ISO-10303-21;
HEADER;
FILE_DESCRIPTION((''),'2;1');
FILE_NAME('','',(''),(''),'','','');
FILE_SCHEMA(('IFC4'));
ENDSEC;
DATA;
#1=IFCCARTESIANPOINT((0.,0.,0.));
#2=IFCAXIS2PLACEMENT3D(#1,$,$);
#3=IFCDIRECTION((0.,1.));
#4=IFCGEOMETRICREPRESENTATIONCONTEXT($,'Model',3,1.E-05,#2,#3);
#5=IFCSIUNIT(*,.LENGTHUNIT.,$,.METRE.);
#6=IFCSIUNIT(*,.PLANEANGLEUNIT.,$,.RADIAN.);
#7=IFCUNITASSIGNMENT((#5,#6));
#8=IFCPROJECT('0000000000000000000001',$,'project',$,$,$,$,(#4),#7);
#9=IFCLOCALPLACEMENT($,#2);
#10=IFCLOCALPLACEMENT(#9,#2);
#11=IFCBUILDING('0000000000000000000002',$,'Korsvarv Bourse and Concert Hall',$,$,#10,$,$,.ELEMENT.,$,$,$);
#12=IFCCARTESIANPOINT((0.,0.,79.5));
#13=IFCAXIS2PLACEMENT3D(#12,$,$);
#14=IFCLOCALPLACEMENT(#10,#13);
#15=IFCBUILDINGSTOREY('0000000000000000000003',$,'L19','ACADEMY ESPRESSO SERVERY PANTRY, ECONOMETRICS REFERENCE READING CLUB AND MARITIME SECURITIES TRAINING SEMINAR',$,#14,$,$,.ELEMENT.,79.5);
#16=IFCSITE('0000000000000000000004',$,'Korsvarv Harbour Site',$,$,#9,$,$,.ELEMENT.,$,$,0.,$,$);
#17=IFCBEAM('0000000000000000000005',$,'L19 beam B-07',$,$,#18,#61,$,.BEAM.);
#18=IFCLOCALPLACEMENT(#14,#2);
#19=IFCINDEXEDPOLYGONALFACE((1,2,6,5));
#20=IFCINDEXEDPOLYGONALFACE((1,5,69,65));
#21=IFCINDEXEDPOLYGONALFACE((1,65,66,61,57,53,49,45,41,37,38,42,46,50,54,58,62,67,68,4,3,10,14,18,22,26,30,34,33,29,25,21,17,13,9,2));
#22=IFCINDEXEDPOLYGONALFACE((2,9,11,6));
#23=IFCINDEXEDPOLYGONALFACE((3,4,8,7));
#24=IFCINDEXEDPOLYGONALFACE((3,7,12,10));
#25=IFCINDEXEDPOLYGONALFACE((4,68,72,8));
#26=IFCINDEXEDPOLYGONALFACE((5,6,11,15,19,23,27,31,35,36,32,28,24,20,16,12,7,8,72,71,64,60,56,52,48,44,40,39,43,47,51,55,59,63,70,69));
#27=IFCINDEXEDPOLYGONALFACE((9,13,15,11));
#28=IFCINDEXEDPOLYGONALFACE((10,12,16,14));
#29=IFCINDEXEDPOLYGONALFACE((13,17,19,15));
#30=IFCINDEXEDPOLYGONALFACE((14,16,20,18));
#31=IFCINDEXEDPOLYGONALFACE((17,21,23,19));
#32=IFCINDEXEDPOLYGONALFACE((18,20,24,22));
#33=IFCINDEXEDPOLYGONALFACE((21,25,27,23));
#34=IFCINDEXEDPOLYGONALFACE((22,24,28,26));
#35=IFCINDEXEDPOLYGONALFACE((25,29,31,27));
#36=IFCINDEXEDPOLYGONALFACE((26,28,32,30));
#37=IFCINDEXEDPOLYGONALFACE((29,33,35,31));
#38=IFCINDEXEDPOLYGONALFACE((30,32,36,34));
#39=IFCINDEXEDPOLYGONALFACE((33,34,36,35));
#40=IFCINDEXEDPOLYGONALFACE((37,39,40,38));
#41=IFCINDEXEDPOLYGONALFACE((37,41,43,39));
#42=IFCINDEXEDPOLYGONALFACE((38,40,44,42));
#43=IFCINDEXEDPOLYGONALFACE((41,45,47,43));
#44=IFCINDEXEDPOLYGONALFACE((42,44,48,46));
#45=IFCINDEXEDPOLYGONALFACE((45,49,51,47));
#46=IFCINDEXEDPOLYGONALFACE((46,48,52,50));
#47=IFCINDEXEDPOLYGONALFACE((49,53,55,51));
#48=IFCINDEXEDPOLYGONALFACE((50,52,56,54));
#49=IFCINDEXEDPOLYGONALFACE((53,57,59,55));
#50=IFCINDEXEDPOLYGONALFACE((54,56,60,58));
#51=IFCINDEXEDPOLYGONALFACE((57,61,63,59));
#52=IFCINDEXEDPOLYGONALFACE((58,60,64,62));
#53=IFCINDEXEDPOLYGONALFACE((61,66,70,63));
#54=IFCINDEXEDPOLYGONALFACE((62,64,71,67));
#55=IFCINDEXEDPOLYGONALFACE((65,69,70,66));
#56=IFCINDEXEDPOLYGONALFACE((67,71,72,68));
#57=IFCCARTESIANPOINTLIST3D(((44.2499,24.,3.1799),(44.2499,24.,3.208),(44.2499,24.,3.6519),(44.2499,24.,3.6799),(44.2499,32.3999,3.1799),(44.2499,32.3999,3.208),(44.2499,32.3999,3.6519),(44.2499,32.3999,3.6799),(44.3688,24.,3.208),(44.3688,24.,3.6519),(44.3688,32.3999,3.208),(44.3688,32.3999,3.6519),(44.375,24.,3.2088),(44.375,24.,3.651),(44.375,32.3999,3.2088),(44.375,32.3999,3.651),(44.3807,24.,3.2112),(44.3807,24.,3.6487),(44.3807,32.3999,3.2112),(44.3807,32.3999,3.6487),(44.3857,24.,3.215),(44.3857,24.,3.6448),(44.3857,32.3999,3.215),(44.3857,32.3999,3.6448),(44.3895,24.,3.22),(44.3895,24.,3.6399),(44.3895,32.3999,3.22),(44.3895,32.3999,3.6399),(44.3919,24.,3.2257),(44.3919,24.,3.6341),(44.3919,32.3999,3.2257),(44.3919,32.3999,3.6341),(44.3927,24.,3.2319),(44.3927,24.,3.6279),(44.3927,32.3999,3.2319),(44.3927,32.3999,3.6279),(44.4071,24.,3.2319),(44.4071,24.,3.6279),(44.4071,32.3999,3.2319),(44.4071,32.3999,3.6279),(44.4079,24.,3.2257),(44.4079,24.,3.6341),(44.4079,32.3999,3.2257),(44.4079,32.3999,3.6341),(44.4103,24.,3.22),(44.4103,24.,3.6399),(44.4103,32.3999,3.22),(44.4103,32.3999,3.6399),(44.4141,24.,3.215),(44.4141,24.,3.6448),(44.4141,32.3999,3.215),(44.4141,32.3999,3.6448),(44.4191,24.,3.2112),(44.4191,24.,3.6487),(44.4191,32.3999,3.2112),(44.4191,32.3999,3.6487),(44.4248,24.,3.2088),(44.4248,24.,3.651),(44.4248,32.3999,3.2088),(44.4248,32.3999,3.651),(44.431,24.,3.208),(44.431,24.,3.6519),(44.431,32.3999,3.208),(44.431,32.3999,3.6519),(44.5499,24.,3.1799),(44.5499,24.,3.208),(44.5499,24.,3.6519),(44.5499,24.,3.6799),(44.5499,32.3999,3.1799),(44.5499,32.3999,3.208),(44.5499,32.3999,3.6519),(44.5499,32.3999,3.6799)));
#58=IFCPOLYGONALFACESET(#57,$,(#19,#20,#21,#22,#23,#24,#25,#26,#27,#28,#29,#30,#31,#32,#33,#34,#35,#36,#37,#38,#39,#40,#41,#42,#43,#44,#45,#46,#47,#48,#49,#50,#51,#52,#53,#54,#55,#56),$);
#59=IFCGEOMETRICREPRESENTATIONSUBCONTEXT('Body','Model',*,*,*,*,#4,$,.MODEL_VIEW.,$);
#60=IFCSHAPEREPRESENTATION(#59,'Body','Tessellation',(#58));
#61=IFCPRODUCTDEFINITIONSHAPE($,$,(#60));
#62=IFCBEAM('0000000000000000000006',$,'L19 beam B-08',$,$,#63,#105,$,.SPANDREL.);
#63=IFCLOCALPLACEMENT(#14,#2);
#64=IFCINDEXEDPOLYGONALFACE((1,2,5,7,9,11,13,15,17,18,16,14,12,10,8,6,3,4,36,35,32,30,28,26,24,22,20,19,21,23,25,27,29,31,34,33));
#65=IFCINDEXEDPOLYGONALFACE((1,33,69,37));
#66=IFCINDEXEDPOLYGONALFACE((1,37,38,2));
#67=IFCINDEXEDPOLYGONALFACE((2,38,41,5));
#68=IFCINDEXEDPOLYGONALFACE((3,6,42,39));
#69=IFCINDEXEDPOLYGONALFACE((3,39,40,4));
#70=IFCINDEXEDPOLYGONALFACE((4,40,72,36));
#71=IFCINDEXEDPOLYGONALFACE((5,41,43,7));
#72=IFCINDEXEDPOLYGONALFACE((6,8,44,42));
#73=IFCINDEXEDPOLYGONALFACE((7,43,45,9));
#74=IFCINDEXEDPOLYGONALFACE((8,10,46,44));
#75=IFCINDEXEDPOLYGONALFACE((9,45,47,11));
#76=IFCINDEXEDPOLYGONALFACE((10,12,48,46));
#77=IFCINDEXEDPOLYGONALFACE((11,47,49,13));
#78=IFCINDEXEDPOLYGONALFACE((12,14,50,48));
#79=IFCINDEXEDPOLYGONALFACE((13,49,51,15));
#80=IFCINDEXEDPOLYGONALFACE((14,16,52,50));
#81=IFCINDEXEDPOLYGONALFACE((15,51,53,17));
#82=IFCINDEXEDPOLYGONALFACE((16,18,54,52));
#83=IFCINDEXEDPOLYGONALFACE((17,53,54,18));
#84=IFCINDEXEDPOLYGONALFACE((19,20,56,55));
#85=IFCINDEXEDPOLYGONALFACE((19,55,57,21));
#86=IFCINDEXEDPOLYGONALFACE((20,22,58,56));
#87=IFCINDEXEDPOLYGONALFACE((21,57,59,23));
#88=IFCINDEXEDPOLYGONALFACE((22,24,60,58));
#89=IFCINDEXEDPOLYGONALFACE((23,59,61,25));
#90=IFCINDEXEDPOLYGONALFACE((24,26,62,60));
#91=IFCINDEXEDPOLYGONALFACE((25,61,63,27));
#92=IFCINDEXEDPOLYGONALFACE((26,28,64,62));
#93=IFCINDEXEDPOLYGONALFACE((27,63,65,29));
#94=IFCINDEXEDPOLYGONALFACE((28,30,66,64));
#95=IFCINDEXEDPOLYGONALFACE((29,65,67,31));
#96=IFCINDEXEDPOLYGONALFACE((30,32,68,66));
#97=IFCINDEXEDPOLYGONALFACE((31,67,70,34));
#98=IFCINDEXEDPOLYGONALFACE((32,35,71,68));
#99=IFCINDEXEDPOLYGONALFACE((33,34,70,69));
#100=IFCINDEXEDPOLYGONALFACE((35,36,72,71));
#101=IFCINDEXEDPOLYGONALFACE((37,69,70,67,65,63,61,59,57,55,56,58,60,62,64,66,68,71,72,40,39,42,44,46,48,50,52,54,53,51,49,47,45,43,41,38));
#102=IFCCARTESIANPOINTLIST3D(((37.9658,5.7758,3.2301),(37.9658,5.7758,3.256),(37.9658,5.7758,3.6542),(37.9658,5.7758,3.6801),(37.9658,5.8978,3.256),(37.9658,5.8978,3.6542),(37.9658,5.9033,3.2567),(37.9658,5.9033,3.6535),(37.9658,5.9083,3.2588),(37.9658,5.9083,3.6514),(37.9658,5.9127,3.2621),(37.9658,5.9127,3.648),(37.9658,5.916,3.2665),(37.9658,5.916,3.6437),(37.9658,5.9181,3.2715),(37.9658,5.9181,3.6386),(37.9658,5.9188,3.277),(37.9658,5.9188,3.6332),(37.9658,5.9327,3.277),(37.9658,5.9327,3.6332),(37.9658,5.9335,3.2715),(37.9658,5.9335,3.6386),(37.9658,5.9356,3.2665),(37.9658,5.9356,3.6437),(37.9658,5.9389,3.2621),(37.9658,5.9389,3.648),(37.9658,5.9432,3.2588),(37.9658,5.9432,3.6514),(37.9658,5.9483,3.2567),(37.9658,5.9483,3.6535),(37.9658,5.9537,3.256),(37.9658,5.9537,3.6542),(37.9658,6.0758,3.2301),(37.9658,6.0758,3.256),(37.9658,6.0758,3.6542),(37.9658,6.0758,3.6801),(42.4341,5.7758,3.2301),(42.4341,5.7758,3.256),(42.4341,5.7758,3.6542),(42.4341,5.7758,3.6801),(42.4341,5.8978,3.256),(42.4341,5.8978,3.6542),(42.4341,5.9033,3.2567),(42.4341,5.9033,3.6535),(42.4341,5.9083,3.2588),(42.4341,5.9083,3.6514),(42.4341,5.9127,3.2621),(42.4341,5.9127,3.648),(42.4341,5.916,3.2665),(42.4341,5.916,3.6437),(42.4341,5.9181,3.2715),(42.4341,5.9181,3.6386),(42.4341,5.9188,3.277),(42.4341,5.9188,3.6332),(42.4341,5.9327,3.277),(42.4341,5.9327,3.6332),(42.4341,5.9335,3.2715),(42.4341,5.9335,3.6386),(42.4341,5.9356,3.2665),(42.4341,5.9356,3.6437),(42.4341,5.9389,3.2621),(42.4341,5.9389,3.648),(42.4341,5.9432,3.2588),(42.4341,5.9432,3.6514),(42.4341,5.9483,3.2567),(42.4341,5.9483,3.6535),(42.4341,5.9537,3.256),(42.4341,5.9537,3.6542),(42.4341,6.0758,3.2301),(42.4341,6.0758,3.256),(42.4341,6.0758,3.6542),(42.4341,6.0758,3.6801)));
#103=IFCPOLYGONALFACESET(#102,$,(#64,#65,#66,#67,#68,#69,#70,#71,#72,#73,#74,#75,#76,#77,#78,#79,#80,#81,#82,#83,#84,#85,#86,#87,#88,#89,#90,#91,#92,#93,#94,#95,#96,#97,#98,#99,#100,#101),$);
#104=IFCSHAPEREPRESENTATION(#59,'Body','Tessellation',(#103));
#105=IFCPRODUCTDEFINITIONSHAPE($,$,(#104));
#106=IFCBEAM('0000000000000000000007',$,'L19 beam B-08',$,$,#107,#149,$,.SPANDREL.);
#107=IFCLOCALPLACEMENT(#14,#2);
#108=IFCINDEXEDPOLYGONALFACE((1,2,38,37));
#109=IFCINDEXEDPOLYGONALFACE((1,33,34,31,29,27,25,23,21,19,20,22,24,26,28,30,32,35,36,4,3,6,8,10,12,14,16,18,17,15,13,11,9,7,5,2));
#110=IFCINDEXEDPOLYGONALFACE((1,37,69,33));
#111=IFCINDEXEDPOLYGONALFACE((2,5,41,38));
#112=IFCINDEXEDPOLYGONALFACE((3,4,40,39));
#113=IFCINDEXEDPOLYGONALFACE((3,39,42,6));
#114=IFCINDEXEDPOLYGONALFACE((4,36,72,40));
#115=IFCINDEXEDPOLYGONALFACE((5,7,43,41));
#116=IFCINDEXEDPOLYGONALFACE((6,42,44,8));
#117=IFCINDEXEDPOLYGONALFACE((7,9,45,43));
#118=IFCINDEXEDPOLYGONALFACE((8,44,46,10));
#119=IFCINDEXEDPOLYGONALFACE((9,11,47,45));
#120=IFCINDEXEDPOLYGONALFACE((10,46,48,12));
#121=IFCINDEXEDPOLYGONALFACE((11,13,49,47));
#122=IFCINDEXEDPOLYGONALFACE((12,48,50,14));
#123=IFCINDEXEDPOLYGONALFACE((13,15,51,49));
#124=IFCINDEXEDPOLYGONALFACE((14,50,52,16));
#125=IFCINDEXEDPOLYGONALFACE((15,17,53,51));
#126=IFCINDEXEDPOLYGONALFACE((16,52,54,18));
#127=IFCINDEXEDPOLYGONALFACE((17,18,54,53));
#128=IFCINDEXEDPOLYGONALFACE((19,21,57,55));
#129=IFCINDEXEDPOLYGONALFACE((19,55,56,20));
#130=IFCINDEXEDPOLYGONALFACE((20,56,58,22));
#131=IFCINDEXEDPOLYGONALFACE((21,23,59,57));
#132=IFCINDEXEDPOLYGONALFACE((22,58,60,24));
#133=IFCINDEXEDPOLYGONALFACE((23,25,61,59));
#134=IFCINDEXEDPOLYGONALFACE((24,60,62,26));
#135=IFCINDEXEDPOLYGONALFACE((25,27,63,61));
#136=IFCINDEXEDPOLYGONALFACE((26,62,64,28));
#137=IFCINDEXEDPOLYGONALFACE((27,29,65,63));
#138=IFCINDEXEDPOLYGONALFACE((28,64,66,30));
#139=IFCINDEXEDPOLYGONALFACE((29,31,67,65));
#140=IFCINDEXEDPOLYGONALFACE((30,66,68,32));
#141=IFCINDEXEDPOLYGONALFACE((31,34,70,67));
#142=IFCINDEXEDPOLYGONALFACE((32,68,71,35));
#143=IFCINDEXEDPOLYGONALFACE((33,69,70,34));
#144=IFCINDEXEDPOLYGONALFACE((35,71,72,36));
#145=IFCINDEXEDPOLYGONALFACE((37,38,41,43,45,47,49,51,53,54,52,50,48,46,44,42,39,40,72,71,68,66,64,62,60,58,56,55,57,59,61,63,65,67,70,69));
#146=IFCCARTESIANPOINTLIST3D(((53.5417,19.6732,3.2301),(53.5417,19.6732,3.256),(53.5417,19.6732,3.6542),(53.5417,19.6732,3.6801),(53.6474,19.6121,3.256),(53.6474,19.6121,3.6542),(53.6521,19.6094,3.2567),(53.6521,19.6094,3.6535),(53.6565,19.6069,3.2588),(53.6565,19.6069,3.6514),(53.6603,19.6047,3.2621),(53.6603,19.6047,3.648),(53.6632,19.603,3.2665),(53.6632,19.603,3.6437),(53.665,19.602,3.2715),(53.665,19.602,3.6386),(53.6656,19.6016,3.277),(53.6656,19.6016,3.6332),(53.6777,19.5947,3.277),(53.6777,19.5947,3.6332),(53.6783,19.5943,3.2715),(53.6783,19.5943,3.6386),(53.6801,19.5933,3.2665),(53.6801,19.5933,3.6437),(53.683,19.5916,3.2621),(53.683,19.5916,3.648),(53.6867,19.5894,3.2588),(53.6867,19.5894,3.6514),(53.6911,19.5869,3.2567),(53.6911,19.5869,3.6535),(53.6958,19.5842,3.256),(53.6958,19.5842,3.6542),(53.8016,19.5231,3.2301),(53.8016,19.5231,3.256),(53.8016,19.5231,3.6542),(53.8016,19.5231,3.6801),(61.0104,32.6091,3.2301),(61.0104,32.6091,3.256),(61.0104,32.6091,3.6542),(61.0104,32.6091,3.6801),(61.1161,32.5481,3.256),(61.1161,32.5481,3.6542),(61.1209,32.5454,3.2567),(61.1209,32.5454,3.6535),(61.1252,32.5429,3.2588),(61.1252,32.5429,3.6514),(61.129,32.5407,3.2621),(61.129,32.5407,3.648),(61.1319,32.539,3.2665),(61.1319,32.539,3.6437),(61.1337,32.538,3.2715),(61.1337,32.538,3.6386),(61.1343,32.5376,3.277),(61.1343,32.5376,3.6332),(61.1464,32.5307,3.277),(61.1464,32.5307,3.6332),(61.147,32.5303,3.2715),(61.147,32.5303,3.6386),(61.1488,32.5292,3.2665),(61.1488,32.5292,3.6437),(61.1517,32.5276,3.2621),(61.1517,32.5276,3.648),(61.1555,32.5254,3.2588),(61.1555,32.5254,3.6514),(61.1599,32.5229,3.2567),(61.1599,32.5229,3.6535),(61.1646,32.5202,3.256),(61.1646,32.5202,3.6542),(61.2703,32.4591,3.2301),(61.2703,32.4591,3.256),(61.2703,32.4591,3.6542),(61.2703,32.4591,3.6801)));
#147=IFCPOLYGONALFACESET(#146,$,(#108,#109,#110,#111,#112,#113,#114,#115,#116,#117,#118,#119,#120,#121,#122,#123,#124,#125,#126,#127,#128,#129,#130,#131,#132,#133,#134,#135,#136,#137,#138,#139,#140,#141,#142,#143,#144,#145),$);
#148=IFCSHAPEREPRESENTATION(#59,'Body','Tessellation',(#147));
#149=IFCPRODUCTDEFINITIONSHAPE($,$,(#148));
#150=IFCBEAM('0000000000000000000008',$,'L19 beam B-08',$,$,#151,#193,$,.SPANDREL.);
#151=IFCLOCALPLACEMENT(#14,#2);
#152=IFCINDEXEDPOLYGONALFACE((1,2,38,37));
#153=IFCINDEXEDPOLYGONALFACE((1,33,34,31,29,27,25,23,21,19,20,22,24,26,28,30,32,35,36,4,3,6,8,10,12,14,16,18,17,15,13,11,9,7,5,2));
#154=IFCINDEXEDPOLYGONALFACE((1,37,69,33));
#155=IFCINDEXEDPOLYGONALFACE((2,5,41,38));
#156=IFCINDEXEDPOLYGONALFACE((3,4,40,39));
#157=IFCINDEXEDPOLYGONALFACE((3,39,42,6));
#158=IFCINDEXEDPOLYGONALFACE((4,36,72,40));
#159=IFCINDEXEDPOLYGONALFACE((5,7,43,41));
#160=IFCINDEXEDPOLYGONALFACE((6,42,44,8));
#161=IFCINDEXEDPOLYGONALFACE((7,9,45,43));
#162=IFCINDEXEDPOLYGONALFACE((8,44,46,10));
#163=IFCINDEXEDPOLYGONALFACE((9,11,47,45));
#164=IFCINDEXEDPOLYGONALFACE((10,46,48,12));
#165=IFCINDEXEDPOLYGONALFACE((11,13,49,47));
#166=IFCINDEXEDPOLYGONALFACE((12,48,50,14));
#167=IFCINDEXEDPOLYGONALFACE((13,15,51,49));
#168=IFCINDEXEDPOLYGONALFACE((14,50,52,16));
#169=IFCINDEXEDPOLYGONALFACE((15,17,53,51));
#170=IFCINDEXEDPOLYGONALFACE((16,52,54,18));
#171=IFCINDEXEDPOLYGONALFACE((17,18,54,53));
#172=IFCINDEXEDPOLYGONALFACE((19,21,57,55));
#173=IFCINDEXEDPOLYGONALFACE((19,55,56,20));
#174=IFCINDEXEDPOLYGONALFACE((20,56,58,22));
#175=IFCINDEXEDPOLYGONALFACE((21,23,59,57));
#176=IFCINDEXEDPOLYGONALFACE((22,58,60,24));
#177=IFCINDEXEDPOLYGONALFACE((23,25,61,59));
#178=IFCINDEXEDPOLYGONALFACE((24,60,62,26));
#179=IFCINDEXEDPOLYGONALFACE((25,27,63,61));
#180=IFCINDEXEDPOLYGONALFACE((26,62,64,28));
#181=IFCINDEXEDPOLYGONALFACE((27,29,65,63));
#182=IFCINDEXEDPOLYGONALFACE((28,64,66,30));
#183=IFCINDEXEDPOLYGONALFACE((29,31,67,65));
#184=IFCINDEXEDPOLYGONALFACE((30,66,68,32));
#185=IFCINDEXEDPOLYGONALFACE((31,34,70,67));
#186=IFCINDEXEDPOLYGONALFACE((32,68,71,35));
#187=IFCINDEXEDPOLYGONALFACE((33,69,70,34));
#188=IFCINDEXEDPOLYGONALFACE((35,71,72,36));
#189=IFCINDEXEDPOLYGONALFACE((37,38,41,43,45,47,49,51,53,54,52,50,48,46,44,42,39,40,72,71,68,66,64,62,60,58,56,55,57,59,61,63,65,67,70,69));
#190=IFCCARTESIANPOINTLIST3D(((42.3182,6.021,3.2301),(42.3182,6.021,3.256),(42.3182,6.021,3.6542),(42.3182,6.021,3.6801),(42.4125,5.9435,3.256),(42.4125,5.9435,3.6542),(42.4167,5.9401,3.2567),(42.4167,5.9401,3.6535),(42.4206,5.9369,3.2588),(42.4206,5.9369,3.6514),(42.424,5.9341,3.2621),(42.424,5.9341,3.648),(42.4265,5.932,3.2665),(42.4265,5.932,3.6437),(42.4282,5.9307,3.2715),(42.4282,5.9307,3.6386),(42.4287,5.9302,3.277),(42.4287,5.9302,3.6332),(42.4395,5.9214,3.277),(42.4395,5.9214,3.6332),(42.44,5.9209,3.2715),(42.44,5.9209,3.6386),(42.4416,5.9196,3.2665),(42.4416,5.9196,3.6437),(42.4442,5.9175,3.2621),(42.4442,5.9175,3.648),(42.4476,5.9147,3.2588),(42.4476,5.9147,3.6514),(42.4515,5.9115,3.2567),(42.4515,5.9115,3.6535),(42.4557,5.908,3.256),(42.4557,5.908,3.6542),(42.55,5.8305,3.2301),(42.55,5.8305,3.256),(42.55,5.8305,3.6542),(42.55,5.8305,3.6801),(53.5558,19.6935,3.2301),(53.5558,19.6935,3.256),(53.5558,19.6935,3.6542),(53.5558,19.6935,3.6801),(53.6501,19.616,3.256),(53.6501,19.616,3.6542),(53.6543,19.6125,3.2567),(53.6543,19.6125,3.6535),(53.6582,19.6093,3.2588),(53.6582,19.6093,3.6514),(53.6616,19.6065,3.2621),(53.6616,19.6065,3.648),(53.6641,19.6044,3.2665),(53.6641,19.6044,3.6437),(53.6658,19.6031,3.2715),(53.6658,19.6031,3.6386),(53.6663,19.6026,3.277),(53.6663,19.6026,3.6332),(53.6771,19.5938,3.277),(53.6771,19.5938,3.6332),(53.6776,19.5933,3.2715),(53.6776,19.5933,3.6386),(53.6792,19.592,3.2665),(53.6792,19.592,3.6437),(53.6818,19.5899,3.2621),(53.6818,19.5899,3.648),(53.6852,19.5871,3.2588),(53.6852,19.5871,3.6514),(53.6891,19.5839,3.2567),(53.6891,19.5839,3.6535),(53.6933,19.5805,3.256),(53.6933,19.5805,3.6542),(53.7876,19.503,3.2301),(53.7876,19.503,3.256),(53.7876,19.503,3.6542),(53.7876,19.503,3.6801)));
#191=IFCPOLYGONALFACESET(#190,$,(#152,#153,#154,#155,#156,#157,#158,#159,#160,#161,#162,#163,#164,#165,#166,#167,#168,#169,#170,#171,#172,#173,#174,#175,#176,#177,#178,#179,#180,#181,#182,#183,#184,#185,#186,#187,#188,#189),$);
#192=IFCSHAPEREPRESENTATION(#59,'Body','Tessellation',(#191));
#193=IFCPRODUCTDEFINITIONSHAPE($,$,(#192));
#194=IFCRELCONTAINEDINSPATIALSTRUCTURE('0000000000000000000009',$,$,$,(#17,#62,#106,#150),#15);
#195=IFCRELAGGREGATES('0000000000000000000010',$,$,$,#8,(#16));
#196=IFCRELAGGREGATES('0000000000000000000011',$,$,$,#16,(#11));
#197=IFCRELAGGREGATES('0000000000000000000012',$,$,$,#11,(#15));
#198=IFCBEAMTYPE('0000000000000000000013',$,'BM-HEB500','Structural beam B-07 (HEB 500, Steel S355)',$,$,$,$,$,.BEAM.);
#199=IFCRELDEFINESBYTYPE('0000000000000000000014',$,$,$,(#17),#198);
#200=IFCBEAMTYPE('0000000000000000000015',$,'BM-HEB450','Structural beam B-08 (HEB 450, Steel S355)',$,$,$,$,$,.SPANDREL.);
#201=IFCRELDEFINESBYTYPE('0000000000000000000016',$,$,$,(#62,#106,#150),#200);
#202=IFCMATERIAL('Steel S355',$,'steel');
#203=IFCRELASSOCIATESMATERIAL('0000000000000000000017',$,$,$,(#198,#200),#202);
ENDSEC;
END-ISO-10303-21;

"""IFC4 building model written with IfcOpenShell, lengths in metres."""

from ifc_helpers import new_model, si_unit, direction, frame, origin, origin_2d, place, context, subcontext, project, spatial, i_section, extrude, source, transform, mapped, material, material_profile, profile_set, type_object, element, save


model = new_model("IFC4")

# Units and contexts
model_context = context("Model", 3, precision=1e-05, world=origin(), true_north=direction((0.0, 1.0)))
body_context = subcontext(model_context, "Body", "Model", "MODEL_VIEW")
ifc_project = project(units=[si_unit("LENGTHUNIT", "METRE"), si_unit("PLANEANGLEUNIT", "RADIAN")], contexts=[model_context])

# Site, building, storey
site_placement = place(None, origin())
site = spatial("IfcSite", under=ifc_project, at=site_placement, Name="Korsvarv Harbour Site", CompositionType="ELEMENT", RefElevation=0.0)
building_placement = place(site_placement, origin())
building = spatial("IfcBuilding", under=site, at=building_placement, Name="Korsvarv Bourse and Concert Hall", CompositionType="ELEMENT")
storey_placement = place(building_placement, frame((0.0, 0.0, 79.5)))
storey = spatial("IfcBuildingStorey", under=building, at=storey_placement, Name="L19", Description="ACADEMY ESPRESSO SERVERY PANTRY, ECONOMETRICS REFERENCE READING CLUB AND MARITIME SECURITIES TRAINING SEMINAR", CompositionType="ELEMENT", Elevation=79.5)

# Beams
ifc_material_1 = material(Name="Steel S355", Category="steel")
ifc_material_profile_1 = material_profile(ifc_material_1, i_section(OverallWidth=0.3, OverallDepth=0.5, WebThickness=0.0144, FlangeThickness=0.0281, FilletRadius=0.0239, at=origin_2d()), Name="HEB 500")
ifc_profile_set_1 = profile_set([ifc_material_profile_1], Name="Steel S355")
beam_type_1 = type_object("IfcBeamType", Name="BM-HEB500", Description="Structural beam B-07 (HEB 500, Steel S355)", PredefinedType="BEAM", material=ifc_profile_set_1)
shared_shape_1 = source(origin(), body_context, "Body", "SweptSolid", [
    extrude(i_section(OverallWidth=0.3, OverallDepth=0.5, WebThickness=0.0144, FlangeThickness=0.0281, FilletRadius=0.0239, at=origin_2d()), origin(), (0.0, 0.0, 1.0), 8.3999),
])
beam_1_placement = place(storey_placement, frame((44.3999, 24.0, 3.4299), z_axis=(0.0, 1.0, 0.0), x_axis=(-1.0, 0.0, 0.0)))
element("IfcBeam", 1, at=beam_1_placement, inside=storey, type_object=beam_type_1, Name="L19 beam B-07", PredefinedType="BEAM", context=body_context, shape_type="MappedRepresentation", body=[
    mapped(shared_shape_1, transform((0.0, 0.0, 0.0), scale=1.0)),
])
ifc_material_profile_2 = material_profile(ifc_material_1, i_section(OverallWidth=0.3, OverallDepth=0.45, WebThickness=0.0139, FlangeThickness=0.0259, FilletRadius=0.021, at=origin_2d()), Name="HEB 450")
ifc_profile_set_2 = profile_set([ifc_material_profile_2], Name="Steel S355")
beam_type_2 = type_object("IfcBeamType", Name="BM-HEB450", Description="Structural beam B-08 (HEB 450, Steel S355)", PredefinedType="SPANDREL", material=ifc_profile_set_2)
shared_shape_2 = source(origin(), body_context, "Body", "SweptSolid", [
    extrude(i_section(OverallWidth=0.3, OverallDepth=0.45, WebThickness=0.0139, FlangeThickness=0.0259, FilletRadius=0.021, at=origin_2d()), origin(), (0.0, 0.0, 1.0), 4.4683),
])
beam_2_placement = place(storey_placement, frame((37.9658, 5.9258, 3.4551), z_axis=(1.0, 0.0, 0.0), x_axis=(0.0, 1.0, 0.0)))
element("IfcBeam", 2, at=beam_2_placement, inside=storey, type_object=beam_type_2, Name="L19 beam B-08", PredefinedType="SPANDREL", context=body_context, shape_type="MappedRepresentation", body=[
    mapped(shared_shape_2, transform((0.0, 0.0, 0.0), scale=1.0)),
])
shared_shape_3 = source(origin(), body_context, "Body", "SweptSolid", [
    extrude(i_section(OverallWidth=0.3, OverallDepth=0.45, WebThickness=0.0139, FlangeThickness=0.0259, FilletRadius=0.021, at=origin_2d()), origin(), (0.0, 0.0, 1.0), 14.9373),
])
beam_3_placement = place(storey_placement, frame((53.6716, 19.5981, 3.4551), z_axis=(0.500006, 0.866022, 0.0), x_axis=(-0.866022, 0.500006, 0.0)))
element("IfcBeam", 3, at=beam_3_placement, inside=storey, type_object=beam_type_2, Name="L19 beam B-08", PredefinedType="SPANDREL", context=body_context, shape_type="MappedRepresentation", body=[
    mapped(shared_shape_3, transform((0.0, 0.0, 0.0), scale=1.0)),
])
shared_shape_4 = source(origin(), body_context, "Body", "SweptSolid", [
    extrude(i_section(OverallWidth=0.3, OverallDepth=0.45, WebThickness=0.0139, FlangeThickness=0.0259, FilletRadius=0.021, at=origin_2d()), origin(), (0.0, 0.0, 1.0), 17.698),
])
beam_4_placement = place(storey_placement, frame((42.4341, 5.9258, 3.4551), z_axis=(0.634965, 0.772541, 0.0), x_axis=(-0.772541, 0.634965, 0.0)))
element("IfcBeam", 4, at=beam_4_placement, inside=storey, type_object=beam_type_2, Name="L19 beam B-08", PredefinedType="SPANDREL", context=body_context, shape_type="MappedRepresentation", body=[
    mapped(shared_shape_4, transform((0.0, 0.0, 0.0), scale=1.0)),
])

save(model, "model.ifc")
